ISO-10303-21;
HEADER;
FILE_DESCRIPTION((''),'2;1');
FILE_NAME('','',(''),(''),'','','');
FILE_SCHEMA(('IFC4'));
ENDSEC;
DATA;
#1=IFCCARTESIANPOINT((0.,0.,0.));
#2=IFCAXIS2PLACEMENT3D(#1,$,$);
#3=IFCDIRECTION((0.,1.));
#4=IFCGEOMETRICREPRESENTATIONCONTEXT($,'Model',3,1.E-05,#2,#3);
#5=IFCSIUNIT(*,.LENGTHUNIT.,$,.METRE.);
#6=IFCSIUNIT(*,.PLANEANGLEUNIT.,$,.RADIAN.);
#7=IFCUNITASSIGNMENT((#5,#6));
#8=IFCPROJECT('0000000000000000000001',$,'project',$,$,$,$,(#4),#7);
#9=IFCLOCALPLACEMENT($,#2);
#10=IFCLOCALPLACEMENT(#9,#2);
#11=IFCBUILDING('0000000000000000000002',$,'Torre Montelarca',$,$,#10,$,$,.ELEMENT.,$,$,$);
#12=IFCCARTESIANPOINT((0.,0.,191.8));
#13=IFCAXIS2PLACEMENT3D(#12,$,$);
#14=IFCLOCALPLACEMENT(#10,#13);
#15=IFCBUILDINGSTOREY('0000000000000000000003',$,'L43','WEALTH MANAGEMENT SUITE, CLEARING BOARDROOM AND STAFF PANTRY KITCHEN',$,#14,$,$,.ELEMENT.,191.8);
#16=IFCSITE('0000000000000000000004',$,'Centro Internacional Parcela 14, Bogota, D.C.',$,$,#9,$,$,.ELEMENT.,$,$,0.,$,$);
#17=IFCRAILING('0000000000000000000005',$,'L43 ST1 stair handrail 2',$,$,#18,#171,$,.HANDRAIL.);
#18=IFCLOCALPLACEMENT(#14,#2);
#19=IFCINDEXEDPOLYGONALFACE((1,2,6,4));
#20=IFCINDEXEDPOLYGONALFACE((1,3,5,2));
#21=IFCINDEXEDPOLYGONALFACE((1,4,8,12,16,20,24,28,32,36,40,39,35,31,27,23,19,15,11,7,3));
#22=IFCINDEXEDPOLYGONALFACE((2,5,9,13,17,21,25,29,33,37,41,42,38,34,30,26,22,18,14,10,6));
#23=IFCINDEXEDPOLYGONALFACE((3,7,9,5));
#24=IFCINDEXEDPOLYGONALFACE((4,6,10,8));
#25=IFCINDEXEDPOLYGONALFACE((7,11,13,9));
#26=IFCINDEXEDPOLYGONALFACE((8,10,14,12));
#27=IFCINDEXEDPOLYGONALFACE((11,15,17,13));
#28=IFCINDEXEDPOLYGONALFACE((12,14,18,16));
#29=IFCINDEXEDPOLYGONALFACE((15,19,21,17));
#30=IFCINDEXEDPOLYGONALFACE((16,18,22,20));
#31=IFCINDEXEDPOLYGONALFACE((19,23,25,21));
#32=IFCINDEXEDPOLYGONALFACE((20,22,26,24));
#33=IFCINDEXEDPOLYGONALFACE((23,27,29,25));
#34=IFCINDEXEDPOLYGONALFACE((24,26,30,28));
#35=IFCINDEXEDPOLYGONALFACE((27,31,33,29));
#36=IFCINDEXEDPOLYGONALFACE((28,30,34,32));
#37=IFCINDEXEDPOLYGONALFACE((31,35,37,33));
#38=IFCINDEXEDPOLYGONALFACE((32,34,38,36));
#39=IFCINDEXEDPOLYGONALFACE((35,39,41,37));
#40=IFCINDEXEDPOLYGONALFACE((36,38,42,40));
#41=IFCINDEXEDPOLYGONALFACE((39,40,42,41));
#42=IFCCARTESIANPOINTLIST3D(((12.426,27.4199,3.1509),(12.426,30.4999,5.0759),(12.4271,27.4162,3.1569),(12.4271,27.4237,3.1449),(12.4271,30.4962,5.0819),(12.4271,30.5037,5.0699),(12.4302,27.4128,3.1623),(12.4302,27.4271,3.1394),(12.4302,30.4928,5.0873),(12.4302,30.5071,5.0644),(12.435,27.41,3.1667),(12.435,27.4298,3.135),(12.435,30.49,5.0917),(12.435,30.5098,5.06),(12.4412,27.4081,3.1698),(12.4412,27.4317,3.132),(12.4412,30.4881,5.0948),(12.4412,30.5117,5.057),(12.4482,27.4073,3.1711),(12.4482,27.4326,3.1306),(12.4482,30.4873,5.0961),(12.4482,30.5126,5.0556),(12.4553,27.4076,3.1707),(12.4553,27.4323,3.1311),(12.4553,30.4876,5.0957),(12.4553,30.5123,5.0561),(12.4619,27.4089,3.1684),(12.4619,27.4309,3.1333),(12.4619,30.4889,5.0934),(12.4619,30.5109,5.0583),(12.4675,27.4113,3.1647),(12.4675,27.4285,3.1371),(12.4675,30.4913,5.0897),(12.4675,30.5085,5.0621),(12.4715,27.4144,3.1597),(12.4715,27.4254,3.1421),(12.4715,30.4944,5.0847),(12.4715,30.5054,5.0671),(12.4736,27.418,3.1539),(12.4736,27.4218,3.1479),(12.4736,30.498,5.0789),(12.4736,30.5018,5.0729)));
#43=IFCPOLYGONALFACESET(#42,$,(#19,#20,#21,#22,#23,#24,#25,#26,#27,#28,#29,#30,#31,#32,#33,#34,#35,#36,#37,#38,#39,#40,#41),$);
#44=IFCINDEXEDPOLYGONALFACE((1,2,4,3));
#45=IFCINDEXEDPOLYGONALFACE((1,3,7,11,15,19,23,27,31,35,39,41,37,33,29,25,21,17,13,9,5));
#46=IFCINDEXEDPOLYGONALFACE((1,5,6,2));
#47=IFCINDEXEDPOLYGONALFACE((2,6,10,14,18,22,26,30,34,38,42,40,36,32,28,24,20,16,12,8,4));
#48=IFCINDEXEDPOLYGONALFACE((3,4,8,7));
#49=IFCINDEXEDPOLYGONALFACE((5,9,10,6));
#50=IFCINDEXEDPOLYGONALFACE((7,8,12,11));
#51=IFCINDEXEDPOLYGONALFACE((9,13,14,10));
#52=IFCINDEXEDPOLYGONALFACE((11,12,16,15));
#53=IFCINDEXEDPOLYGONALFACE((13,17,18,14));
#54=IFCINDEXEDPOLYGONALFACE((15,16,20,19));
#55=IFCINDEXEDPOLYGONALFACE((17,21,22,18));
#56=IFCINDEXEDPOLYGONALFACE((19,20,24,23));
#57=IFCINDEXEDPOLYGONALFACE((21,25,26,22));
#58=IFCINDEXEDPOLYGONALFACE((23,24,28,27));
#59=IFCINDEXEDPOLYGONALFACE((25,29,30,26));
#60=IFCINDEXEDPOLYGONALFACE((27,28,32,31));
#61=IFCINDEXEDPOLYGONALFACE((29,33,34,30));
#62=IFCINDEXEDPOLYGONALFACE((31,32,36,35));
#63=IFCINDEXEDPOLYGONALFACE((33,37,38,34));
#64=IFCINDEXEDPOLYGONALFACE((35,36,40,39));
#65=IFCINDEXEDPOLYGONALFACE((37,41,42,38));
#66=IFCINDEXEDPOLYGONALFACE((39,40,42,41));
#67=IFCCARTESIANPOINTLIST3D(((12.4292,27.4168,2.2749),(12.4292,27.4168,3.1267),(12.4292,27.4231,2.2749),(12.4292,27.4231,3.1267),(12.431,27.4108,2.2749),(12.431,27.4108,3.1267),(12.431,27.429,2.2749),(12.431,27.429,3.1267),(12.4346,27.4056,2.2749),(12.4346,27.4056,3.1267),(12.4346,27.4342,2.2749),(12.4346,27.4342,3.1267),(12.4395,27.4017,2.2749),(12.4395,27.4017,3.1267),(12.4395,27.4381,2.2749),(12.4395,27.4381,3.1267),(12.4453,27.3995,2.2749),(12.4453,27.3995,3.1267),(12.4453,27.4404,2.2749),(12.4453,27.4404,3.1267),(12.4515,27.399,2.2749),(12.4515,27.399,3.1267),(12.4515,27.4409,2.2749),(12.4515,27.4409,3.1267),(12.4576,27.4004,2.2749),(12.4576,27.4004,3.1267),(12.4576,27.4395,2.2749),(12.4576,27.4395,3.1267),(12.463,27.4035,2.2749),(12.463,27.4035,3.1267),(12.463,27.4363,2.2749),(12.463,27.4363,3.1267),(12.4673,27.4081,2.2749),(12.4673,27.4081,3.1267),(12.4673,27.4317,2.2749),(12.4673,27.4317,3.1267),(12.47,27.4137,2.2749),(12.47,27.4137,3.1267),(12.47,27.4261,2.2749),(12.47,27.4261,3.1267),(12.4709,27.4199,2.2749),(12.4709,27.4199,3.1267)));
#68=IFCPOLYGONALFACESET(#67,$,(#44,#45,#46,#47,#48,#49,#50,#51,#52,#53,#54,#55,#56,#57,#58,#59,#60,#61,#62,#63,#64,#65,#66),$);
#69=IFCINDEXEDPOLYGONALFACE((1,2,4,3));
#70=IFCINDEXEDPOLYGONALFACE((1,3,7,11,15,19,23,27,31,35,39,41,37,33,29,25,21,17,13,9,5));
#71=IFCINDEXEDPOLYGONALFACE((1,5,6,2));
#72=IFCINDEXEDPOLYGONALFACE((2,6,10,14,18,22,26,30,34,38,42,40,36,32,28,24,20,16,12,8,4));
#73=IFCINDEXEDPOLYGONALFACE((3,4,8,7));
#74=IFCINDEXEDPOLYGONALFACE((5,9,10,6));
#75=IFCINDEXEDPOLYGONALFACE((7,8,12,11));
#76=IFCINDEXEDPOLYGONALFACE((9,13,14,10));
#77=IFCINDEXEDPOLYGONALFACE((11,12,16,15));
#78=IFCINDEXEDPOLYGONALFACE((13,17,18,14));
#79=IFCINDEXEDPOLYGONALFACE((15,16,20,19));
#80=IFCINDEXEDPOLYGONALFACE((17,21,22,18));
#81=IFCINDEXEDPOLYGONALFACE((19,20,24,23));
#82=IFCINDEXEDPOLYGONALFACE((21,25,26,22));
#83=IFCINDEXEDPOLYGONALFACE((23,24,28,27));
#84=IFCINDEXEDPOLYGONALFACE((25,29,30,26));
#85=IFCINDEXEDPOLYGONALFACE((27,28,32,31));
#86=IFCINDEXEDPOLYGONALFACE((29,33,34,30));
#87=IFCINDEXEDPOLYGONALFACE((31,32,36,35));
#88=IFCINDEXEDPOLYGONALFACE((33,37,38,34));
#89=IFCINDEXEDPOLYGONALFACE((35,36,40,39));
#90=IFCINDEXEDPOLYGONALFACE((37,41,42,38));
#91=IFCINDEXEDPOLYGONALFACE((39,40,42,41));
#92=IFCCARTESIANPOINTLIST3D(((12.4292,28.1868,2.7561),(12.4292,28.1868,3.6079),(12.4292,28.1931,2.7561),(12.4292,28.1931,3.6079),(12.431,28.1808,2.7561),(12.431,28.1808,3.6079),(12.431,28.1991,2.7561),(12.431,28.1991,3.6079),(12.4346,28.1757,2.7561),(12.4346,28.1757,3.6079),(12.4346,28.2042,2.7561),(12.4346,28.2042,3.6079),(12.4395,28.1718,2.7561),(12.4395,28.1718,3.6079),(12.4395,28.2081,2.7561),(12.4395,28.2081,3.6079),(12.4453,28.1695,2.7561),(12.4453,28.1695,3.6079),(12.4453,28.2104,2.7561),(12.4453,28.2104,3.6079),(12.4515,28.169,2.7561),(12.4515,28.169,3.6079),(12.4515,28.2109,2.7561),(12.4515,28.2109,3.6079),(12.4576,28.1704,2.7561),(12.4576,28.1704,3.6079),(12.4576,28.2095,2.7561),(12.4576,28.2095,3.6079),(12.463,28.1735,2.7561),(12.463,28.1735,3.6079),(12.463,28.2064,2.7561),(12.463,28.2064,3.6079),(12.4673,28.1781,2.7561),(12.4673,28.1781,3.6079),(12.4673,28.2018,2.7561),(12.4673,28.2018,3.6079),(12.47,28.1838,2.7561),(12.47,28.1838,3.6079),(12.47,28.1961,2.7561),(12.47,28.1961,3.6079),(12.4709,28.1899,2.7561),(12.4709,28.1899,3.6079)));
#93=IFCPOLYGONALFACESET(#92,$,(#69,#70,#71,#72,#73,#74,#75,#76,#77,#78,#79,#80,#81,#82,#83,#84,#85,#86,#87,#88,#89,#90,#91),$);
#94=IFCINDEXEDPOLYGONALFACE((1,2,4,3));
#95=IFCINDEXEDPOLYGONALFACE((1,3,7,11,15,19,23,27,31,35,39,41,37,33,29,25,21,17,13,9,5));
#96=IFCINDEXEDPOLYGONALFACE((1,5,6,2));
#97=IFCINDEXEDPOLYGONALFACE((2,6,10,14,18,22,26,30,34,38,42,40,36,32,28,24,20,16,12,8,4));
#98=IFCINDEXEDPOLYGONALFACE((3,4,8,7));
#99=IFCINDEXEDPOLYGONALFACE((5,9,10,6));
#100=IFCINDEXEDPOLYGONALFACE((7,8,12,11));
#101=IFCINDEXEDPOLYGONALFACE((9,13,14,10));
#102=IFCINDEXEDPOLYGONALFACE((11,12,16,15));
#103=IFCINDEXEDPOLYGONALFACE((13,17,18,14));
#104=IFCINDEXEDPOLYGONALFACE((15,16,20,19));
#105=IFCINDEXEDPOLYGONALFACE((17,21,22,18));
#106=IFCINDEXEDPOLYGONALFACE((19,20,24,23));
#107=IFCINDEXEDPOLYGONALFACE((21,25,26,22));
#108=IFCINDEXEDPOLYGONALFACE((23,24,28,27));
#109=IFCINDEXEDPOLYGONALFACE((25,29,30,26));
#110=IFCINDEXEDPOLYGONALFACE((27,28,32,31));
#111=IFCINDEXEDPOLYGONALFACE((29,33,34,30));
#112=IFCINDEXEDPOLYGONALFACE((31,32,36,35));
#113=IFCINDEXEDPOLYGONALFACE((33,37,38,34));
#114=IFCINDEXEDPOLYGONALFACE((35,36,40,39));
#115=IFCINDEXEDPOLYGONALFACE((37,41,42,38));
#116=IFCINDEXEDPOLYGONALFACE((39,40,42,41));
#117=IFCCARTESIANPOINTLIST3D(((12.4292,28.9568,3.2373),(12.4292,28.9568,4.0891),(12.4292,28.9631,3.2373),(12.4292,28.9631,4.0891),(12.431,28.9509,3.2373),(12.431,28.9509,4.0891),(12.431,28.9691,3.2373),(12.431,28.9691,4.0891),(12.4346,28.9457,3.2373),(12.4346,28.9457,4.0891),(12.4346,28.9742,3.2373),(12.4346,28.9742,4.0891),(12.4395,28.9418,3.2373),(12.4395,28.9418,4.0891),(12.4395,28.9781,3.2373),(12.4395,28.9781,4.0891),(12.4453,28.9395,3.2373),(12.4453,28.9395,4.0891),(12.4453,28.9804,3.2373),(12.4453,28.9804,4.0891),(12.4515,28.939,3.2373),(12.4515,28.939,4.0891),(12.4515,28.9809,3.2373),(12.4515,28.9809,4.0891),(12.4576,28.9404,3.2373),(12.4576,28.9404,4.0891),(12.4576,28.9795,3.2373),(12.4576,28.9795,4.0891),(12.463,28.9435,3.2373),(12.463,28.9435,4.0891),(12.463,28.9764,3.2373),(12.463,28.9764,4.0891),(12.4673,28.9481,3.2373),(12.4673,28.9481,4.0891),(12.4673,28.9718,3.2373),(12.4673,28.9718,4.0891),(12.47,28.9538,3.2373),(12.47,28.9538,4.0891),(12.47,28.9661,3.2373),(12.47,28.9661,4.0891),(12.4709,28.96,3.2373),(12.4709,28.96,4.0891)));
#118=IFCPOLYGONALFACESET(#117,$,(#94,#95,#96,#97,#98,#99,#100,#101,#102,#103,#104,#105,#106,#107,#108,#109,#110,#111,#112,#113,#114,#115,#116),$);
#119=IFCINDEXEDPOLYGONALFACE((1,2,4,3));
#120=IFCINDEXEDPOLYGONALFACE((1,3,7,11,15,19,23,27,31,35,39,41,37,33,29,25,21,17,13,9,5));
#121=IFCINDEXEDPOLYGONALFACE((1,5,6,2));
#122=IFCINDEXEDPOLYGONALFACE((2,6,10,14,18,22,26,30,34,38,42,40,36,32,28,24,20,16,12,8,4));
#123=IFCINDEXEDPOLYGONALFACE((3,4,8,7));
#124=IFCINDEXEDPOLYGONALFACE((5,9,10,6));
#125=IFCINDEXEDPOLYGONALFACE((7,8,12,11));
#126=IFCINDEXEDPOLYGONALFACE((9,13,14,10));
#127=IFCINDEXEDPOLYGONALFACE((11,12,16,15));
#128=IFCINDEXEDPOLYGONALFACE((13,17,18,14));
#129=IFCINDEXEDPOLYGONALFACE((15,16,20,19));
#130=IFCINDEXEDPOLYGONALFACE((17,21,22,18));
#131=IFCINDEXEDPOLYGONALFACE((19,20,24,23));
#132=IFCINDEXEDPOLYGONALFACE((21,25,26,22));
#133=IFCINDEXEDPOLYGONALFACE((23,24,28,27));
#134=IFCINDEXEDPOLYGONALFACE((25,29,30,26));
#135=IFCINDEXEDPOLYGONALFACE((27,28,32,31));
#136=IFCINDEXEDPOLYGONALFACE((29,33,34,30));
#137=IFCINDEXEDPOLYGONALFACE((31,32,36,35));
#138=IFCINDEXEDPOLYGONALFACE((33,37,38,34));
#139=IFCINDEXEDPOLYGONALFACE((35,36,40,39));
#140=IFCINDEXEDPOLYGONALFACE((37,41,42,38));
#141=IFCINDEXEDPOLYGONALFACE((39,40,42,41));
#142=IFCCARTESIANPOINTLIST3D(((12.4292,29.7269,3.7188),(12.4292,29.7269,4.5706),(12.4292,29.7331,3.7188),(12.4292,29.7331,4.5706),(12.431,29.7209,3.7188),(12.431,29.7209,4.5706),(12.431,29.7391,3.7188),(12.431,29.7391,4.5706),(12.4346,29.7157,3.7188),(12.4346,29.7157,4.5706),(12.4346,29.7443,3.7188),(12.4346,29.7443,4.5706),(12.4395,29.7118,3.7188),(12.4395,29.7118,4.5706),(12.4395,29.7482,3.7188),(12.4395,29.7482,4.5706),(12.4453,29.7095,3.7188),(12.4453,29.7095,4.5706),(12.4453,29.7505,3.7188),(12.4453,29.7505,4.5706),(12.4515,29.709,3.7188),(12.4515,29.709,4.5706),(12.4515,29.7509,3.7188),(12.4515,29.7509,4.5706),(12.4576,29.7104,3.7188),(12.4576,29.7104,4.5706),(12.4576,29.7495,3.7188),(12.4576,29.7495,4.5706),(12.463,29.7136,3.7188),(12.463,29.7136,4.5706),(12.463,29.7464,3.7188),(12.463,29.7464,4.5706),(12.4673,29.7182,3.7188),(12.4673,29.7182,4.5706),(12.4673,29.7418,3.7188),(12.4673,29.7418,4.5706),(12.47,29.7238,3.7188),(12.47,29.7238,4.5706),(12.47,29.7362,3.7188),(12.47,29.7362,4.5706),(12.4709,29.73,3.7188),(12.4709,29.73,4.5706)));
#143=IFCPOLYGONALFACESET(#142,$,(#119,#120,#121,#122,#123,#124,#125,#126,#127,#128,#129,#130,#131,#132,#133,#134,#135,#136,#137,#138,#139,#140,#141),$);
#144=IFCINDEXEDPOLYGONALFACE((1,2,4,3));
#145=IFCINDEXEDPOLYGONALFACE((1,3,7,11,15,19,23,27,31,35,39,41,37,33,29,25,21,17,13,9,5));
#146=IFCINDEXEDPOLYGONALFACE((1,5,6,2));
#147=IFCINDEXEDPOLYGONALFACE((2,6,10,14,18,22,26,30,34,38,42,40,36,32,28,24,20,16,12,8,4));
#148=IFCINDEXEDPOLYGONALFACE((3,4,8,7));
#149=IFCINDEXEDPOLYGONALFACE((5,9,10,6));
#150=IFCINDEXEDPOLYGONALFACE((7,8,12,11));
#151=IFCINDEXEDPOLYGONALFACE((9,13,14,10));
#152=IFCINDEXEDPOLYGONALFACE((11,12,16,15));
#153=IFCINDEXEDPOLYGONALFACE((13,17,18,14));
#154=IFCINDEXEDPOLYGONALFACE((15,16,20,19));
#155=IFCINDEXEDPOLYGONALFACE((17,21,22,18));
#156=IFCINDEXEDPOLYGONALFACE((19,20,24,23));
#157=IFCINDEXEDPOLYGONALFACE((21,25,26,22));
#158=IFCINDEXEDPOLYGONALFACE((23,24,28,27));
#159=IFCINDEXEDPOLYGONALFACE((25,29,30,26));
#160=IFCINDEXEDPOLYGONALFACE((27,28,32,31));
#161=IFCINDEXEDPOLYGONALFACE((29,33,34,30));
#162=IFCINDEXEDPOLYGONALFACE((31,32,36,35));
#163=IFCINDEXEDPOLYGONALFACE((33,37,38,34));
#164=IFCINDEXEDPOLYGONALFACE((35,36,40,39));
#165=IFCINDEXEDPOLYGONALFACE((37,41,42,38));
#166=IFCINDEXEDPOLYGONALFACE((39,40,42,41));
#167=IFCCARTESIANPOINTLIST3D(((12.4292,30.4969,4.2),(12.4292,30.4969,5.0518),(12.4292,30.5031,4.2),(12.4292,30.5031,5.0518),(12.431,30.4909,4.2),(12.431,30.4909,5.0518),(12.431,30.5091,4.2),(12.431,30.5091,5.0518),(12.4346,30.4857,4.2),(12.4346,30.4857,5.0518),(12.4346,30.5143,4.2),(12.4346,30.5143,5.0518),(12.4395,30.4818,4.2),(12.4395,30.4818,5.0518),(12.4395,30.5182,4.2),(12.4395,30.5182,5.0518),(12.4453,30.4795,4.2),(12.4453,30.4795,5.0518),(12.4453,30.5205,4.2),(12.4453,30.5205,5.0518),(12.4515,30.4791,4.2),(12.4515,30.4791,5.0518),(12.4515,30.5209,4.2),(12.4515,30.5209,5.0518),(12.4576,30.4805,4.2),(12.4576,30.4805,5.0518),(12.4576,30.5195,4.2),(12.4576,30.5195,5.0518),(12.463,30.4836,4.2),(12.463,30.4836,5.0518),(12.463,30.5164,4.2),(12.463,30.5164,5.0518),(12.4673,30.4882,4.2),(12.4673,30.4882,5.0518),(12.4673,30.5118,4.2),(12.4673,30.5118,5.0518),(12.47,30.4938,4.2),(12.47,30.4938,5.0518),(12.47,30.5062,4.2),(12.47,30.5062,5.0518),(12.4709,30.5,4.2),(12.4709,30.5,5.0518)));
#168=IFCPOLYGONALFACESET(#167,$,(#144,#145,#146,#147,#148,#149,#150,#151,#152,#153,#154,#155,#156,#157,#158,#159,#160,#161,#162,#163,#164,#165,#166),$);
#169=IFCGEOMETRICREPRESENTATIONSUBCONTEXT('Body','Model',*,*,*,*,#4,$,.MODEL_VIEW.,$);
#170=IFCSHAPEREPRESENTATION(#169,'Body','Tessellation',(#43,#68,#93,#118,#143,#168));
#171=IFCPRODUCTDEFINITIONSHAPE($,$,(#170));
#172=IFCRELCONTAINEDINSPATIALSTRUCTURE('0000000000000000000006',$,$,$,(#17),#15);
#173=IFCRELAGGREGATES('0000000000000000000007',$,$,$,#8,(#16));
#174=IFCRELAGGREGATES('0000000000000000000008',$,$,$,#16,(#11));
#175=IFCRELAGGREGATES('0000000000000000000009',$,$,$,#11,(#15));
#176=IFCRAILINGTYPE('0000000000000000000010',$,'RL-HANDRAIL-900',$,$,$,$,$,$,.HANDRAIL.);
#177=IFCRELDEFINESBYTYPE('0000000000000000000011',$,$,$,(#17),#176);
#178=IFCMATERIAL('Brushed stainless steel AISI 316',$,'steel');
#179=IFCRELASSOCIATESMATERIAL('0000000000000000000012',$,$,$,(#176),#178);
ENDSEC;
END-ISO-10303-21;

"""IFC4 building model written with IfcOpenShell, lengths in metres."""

from ifc_helpers import new_model, si_unit, direction, frame, origin, origin_2d, place, context, subcontext, project, spatial, circle, extrude, material, type_object, element, save


model = new_model("IFC4")

# Units and contexts
model_context = context("Model", 3, precision=1e-05, world=origin(), true_north=direction((0.0, 1.0)))
body_context = subcontext(model_context, "Body", "Model", "MODEL_VIEW")
ifc_project = project(units=[si_unit("LENGTHUNIT", "METRE"), si_unit("PLANEANGLEUNIT", "RADIAN")], contexts=[model_context])

# Site, building, storey
site_placement = place(None, origin())
site = spatial("IfcSite", under=ifc_project, at=site_placement, Name="Centro Internacional Parcela 14, Bogota, D.C.", CompositionType="ELEMENT", RefElevation=0.0)
building_placement = place(site_placement, origin())
building = spatial("IfcBuilding", under=site, at=building_placement, Name="Torre Montelarca", CompositionType="ELEMENT")
storey_placement = place(building_placement, frame((0.0, 0.0, 191.8)))
storey = spatial("IfcBuildingStorey", under=building, at=storey_placement, Name="L43", Description="WEALTH MANAGEMENT SUITE, CLEARING BOARDROOM AND STAFF PANTRY KITCHEN", CompositionType="ELEMENT", Elevation=191.8)

# Railing
ifc_material_1 = material(Name="Brushed stainless steel AISI 316", Category="steel")
railing_type_1 = type_object("IfcRailingType", Name="RL-HANDRAIL-900", PredefinedType="HANDRAIL", material=ifc_material_1)
railing_1_placement = place(storey_placement, frame((12.45, 27.4199, 2.2749)))
element("IfcRailing", 1, at=railing_1_placement, inside=storey, type_object=railing_type_1, Name="L43 ST1 stair handrail 2", PredefinedType="HANDRAIL", context=body_context, shape_type="SweptSolid", body=[
    extrude(circle(Radius=0.0239, at=origin_2d()), frame((0.0, 0.0, 0.876), z_axis=(0.0, 0.847998, 0.529999), x_axis=(-1.0, 0.0, 0.0)), (0.0, 0.0, 1.0), 3.6321),
    extrude(circle(Radius=0.021, at=origin_2d()), origin(), (0.0, 0.0, 1.0), 0.8518),
    extrude(circle(Radius=0.021, at=origin_2d()), frame((0.0, 0.77, 0.4812)), (0.0, 0.0, 1.0), 0.8518),
    extrude(circle(Radius=0.021, at=origin_2d()), frame((0.0, 1.54, 0.9624)), (0.0, 0.0, 1.0), 0.8518),
    extrude(circle(Radius=0.021, at=origin_2d()), frame((0.0, 2.3101, 1.4438)), (0.0, 0.0, 1.0), 0.8518),
    extrude(circle(Radius=0.021, at=origin_2d()), frame((0.0, 3.0801, 1.925)), (0.0, 0.0, 1.0), 0.8518),
])

save(model, "model.ifc")
